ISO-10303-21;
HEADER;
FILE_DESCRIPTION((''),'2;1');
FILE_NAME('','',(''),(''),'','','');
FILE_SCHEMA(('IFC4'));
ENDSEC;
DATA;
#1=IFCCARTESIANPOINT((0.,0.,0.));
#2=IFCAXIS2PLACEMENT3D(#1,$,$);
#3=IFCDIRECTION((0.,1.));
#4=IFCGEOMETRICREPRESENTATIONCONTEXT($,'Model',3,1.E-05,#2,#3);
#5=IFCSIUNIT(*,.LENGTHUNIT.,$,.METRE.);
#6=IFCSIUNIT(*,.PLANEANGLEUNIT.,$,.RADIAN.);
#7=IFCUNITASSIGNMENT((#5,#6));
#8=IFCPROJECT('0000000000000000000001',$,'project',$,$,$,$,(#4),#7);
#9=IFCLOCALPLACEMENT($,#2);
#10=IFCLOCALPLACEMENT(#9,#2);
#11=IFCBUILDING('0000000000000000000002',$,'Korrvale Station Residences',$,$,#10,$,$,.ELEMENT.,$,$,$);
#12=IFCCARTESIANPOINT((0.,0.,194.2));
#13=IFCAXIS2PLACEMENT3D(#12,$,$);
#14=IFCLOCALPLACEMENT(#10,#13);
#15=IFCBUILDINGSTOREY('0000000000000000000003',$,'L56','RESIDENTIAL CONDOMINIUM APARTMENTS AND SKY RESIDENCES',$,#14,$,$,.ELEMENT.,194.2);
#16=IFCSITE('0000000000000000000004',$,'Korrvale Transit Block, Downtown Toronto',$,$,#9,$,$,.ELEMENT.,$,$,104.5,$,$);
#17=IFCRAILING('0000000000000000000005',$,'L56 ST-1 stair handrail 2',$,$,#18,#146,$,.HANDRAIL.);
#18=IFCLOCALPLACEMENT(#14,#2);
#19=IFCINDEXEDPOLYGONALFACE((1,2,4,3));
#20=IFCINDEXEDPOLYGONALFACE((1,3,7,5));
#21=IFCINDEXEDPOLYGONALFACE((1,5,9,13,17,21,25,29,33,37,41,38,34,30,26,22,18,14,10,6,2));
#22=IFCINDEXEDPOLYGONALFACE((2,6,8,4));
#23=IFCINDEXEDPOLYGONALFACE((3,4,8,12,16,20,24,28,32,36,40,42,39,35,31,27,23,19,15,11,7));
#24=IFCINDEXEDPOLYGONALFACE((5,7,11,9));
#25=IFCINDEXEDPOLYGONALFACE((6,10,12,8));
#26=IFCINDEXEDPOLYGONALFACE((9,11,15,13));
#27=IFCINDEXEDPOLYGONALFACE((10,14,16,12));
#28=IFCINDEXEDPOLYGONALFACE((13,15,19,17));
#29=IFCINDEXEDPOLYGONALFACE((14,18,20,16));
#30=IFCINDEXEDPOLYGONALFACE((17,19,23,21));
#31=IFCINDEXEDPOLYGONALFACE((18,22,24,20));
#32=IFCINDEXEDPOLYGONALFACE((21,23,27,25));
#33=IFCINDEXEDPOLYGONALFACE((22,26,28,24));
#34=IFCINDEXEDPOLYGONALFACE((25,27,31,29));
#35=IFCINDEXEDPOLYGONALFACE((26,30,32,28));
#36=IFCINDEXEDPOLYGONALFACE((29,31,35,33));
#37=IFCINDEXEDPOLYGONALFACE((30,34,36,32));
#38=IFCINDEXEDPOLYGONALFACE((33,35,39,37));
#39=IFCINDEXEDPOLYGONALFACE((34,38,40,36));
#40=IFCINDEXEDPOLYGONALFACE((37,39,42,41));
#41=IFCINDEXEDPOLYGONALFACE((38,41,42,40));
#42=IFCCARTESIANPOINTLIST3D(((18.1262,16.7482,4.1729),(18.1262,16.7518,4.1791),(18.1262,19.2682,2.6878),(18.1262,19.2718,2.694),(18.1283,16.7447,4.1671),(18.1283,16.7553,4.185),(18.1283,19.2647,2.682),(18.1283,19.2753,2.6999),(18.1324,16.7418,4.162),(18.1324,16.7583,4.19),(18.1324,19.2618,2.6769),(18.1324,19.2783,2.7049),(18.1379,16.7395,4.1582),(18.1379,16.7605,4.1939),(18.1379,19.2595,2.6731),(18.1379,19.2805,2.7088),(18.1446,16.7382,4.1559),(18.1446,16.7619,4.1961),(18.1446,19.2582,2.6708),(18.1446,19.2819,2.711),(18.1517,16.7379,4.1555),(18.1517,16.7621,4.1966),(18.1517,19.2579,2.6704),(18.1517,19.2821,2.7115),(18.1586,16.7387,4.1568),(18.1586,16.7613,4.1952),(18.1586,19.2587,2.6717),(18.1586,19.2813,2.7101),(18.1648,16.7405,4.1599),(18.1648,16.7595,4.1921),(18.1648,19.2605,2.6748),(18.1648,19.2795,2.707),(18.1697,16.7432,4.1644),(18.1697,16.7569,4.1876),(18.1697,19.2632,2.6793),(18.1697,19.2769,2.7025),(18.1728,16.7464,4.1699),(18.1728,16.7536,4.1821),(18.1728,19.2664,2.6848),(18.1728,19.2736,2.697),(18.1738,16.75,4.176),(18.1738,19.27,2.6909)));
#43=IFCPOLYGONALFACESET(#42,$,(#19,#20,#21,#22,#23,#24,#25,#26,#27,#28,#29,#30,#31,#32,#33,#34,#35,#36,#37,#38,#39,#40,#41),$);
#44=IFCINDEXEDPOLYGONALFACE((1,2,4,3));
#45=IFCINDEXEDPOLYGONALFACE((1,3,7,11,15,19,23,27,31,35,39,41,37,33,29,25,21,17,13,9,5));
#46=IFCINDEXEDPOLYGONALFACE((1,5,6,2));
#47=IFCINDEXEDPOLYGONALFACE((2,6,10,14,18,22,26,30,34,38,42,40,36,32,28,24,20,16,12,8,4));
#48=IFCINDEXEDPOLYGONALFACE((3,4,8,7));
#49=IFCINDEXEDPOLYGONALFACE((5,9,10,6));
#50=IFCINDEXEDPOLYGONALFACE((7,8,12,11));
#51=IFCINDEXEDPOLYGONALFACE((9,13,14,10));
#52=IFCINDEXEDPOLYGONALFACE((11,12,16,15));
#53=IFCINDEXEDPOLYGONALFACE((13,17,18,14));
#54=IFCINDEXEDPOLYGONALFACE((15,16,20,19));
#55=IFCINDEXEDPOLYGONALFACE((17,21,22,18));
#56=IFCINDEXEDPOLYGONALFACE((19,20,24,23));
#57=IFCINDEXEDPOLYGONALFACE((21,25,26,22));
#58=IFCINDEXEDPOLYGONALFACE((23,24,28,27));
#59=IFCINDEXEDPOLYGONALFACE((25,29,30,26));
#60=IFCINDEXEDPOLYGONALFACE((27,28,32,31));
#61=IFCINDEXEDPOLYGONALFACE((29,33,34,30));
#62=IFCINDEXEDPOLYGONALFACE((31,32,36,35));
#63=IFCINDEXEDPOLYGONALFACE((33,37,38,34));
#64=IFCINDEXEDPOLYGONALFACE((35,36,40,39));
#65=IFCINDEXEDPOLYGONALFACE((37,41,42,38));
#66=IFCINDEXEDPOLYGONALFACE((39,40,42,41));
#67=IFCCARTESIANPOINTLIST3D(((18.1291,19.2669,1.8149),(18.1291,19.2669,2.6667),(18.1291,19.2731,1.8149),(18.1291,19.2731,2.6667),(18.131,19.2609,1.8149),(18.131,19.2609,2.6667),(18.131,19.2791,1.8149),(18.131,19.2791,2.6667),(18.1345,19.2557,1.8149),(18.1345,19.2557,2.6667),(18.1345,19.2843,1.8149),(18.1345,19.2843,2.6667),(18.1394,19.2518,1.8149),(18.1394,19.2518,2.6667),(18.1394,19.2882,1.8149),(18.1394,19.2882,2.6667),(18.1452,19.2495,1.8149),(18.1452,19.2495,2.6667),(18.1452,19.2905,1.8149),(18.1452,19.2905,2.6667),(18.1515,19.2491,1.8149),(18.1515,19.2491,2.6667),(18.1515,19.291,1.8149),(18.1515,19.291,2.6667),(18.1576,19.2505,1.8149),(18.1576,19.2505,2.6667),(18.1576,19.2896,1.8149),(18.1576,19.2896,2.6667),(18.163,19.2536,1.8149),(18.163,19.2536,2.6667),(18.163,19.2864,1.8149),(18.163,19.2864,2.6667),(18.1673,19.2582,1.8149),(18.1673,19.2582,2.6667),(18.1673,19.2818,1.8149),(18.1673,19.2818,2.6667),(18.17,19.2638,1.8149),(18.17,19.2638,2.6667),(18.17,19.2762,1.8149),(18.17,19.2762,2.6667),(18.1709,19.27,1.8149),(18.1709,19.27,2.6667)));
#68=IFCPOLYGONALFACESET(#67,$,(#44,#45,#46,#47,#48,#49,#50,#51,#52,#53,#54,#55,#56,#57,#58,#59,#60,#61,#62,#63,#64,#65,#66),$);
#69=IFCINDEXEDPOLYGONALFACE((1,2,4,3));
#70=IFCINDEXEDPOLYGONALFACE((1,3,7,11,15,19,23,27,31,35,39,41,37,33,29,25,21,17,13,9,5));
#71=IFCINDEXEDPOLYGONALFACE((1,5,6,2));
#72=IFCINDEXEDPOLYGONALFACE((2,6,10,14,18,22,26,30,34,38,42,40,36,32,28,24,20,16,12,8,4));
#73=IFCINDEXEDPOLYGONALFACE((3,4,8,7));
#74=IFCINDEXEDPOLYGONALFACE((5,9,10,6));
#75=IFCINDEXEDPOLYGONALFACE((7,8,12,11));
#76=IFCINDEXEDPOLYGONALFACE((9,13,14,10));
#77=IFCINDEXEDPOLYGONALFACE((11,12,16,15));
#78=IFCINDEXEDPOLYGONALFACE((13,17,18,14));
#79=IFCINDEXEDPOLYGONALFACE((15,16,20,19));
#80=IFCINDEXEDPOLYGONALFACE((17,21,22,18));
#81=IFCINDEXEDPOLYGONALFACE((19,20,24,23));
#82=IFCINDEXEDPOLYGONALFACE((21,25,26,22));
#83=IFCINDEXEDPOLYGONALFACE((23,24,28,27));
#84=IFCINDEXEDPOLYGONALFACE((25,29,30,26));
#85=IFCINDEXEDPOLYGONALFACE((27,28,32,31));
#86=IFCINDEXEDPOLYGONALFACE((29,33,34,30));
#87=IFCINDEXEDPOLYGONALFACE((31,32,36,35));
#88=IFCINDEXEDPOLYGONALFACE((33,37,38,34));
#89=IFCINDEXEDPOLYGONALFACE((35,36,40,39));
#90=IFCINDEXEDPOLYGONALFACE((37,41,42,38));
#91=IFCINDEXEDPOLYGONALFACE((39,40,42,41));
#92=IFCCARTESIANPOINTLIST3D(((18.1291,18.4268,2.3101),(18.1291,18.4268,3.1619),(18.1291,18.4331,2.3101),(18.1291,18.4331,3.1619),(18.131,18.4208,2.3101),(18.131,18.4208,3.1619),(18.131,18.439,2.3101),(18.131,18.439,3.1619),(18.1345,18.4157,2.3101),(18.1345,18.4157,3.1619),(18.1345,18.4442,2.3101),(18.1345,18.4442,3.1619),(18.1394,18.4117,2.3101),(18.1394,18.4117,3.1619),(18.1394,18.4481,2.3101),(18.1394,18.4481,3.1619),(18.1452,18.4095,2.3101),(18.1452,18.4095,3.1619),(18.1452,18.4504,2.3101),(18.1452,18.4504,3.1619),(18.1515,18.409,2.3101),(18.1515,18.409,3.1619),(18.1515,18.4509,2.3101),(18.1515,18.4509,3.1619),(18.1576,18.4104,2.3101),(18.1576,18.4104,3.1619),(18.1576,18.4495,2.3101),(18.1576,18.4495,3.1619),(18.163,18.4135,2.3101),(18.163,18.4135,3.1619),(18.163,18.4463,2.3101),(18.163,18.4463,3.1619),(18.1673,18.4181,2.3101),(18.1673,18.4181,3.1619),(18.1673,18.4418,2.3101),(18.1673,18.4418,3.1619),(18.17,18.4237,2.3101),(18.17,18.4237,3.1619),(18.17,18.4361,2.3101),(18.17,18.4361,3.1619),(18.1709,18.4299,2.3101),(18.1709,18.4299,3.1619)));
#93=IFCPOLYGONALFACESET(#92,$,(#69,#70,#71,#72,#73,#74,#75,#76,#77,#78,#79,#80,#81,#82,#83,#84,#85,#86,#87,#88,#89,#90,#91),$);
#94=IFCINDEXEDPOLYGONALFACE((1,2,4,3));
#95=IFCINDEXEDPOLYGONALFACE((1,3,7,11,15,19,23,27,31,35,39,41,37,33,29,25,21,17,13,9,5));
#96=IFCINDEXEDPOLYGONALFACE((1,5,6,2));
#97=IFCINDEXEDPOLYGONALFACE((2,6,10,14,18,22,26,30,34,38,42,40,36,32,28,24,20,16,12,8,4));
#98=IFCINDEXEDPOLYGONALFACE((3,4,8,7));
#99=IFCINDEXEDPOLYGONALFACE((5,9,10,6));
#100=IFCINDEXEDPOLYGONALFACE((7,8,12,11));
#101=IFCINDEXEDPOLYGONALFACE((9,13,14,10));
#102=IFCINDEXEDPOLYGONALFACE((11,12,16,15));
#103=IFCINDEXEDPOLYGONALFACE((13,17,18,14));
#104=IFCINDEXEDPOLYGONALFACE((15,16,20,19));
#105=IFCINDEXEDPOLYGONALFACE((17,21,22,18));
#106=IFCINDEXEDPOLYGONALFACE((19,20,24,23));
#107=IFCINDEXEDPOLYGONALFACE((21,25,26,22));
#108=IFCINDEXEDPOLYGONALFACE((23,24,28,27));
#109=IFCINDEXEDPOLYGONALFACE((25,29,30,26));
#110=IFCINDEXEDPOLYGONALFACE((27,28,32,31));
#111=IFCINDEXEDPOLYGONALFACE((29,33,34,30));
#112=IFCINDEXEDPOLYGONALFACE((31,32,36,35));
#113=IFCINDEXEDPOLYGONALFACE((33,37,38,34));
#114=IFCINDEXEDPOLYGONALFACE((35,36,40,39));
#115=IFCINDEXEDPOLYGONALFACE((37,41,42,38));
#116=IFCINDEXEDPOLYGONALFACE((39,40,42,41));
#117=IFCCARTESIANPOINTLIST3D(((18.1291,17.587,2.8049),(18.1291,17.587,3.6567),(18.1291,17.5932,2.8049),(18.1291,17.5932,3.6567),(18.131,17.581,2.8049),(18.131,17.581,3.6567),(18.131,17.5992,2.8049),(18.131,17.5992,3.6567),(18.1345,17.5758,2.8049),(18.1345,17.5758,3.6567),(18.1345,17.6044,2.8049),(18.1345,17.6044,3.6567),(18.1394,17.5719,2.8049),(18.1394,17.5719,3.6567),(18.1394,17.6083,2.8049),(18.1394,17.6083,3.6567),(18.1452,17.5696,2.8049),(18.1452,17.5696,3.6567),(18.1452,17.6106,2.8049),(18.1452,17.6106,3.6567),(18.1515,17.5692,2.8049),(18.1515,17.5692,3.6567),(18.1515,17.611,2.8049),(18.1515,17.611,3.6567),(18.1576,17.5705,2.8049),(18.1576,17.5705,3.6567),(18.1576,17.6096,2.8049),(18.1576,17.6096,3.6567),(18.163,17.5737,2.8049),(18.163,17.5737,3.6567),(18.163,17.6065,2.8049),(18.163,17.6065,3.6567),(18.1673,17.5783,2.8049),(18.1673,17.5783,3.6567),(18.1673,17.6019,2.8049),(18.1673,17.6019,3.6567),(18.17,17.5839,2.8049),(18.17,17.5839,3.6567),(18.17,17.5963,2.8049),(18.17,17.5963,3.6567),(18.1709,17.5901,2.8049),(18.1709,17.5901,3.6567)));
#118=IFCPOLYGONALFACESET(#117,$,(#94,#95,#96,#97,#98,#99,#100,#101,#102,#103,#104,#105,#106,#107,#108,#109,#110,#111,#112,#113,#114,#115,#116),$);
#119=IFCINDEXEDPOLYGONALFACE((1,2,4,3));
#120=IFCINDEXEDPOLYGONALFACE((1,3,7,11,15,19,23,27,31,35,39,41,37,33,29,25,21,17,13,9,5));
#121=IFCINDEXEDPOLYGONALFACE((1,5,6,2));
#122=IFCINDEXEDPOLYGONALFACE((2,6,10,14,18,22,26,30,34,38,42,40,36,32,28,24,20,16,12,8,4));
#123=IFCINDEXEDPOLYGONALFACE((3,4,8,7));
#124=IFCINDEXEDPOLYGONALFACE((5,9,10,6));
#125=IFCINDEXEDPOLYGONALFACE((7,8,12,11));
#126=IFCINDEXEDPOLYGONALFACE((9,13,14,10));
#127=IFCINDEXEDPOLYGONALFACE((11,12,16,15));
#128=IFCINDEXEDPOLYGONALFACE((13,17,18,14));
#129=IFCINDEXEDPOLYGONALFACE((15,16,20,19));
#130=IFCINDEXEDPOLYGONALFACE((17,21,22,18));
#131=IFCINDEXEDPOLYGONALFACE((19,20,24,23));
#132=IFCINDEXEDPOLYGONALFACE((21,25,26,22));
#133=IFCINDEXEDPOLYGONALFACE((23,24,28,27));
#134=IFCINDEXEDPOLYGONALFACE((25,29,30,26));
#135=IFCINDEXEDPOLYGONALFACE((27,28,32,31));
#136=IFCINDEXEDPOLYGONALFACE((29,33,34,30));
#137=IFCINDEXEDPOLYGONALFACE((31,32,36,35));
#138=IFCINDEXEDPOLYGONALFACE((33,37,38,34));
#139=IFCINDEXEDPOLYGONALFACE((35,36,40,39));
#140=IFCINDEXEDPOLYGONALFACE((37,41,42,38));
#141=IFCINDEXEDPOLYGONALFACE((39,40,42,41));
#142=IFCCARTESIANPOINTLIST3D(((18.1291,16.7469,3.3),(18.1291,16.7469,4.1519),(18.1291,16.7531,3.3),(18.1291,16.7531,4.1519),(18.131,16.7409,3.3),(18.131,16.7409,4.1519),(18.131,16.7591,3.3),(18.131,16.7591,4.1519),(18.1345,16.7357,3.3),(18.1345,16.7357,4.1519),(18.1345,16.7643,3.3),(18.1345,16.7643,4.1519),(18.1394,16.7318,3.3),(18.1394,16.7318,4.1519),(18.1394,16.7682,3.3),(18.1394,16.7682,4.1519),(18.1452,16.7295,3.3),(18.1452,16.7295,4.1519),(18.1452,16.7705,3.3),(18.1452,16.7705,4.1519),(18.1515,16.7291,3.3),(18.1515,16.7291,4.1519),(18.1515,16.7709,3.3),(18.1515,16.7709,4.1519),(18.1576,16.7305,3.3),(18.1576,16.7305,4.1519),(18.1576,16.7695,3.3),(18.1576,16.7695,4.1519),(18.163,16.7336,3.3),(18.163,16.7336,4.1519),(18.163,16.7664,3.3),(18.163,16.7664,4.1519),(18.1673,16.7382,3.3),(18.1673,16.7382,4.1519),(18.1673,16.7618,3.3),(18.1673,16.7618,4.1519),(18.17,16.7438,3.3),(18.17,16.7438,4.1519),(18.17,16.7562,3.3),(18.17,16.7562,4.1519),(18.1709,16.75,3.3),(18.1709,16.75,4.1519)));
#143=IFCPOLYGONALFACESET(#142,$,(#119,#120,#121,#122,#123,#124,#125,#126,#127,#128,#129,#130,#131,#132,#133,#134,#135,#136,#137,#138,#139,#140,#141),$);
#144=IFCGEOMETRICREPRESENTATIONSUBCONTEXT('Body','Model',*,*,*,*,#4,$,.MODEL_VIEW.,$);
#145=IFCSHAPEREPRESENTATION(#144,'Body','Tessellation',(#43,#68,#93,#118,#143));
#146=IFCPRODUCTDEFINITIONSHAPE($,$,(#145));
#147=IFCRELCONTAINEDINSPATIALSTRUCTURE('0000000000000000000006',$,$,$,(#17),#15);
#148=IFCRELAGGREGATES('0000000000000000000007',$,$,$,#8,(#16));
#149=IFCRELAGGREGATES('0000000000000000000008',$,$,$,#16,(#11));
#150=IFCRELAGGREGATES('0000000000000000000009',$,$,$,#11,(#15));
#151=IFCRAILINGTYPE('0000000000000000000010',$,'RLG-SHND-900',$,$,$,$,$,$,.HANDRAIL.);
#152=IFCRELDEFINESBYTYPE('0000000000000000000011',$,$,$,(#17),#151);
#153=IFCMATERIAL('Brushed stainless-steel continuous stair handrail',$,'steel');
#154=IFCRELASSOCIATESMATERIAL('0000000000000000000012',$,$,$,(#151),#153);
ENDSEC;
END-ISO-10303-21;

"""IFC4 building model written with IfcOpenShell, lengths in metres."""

from ifc_helpers import new_model, si_unit, direction, frame, origin, origin_2d, place, context, subcontext, project, spatial, circle, extrude, material, type_object, element, save


model = new_model("IFC4")

# Units and contexts
model_context = context("Model", 3, precision=1e-05, world=origin(), true_north=direction((0.0, 1.0)))
body_context = subcontext(model_context, "Body", "Model", "MODEL_VIEW")
ifc_project = project(units=[si_unit("LENGTHUNIT", "METRE"), si_unit("PLANEANGLEUNIT", "RADIAN")], contexts=[model_context])

# Site, building, storey
site_placement = place(None, origin())
site = spatial("IfcSite", under=ifc_project, at=site_placement, Name="Korrvale Transit Block, Downtown Toronto", CompositionType="ELEMENT", RefElevation=104.5)
building_placement = place(site_placement, origin())
building = spatial("IfcBuilding", under=site, at=building_placement, Name="Korrvale Station Residences", CompositionType="ELEMENT")
storey_placement = place(building_placement, frame((0.0, 0.0, 194.2)))
storey = spatial("IfcBuildingStorey", under=building, at=storey_placement, Name="L56", Description="RESIDENTIAL CONDOMINIUM APARTMENTS AND SKY RESIDENCES", CompositionType="ELEMENT", Elevation=194.2)

# Railing
ifc_material_1 = material(Name="Brushed stainless-steel continuous stair handrail", Category="steel")
railing_type_1 = type_object("IfcRailingType", Name="RLG-SHND-900", PredefinedType="HANDRAIL", material=ifc_material_1)
railing_1_placement = place(storey_placement, frame((18.1499, 19.27, 1.8149)))
element("IfcRailing", 1, at=railing_1_placement, inside=storey, type_object=railing_type_1, Name="L56 ST-1 stair handrail 2", PredefinedType="HANDRAIL", context=body_context, shape_type="SweptSolid", body=[
    extrude(circle(Radius=0.0239, at=origin_2d()), frame((0.0, 0.0, 0.876), z_axis=(0.0, -0.861524, 0.507717), x_axis=(1.0, 0.0, 0.0)), (0.0, 0.0, 1.0), 2.925),
    extrude(circle(Radius=0.021, at=origin_2d()), origin(), (0.0, 0.0, 1.0), 0.8518),
    extrude(circle(Radius=0.021, at=origin_2d()), frame((0.0, -0.8401, 0.4951)), (0.0, 0.0, 1.0), 0.8518),
    extrude(circle(Radius=0.021, at=origin_2d()), frame((0.0, -1.6799, 0.99)), (0.0, 0.0, 1.0), 0.8518),
    extrude(circle(Radius=0.021, at=origin_2d()), frame((0.0, -2.52, 1.4851)), (0.0, 0.0, 1.0), 0.8518),
])

save(model, "model.ifc")
